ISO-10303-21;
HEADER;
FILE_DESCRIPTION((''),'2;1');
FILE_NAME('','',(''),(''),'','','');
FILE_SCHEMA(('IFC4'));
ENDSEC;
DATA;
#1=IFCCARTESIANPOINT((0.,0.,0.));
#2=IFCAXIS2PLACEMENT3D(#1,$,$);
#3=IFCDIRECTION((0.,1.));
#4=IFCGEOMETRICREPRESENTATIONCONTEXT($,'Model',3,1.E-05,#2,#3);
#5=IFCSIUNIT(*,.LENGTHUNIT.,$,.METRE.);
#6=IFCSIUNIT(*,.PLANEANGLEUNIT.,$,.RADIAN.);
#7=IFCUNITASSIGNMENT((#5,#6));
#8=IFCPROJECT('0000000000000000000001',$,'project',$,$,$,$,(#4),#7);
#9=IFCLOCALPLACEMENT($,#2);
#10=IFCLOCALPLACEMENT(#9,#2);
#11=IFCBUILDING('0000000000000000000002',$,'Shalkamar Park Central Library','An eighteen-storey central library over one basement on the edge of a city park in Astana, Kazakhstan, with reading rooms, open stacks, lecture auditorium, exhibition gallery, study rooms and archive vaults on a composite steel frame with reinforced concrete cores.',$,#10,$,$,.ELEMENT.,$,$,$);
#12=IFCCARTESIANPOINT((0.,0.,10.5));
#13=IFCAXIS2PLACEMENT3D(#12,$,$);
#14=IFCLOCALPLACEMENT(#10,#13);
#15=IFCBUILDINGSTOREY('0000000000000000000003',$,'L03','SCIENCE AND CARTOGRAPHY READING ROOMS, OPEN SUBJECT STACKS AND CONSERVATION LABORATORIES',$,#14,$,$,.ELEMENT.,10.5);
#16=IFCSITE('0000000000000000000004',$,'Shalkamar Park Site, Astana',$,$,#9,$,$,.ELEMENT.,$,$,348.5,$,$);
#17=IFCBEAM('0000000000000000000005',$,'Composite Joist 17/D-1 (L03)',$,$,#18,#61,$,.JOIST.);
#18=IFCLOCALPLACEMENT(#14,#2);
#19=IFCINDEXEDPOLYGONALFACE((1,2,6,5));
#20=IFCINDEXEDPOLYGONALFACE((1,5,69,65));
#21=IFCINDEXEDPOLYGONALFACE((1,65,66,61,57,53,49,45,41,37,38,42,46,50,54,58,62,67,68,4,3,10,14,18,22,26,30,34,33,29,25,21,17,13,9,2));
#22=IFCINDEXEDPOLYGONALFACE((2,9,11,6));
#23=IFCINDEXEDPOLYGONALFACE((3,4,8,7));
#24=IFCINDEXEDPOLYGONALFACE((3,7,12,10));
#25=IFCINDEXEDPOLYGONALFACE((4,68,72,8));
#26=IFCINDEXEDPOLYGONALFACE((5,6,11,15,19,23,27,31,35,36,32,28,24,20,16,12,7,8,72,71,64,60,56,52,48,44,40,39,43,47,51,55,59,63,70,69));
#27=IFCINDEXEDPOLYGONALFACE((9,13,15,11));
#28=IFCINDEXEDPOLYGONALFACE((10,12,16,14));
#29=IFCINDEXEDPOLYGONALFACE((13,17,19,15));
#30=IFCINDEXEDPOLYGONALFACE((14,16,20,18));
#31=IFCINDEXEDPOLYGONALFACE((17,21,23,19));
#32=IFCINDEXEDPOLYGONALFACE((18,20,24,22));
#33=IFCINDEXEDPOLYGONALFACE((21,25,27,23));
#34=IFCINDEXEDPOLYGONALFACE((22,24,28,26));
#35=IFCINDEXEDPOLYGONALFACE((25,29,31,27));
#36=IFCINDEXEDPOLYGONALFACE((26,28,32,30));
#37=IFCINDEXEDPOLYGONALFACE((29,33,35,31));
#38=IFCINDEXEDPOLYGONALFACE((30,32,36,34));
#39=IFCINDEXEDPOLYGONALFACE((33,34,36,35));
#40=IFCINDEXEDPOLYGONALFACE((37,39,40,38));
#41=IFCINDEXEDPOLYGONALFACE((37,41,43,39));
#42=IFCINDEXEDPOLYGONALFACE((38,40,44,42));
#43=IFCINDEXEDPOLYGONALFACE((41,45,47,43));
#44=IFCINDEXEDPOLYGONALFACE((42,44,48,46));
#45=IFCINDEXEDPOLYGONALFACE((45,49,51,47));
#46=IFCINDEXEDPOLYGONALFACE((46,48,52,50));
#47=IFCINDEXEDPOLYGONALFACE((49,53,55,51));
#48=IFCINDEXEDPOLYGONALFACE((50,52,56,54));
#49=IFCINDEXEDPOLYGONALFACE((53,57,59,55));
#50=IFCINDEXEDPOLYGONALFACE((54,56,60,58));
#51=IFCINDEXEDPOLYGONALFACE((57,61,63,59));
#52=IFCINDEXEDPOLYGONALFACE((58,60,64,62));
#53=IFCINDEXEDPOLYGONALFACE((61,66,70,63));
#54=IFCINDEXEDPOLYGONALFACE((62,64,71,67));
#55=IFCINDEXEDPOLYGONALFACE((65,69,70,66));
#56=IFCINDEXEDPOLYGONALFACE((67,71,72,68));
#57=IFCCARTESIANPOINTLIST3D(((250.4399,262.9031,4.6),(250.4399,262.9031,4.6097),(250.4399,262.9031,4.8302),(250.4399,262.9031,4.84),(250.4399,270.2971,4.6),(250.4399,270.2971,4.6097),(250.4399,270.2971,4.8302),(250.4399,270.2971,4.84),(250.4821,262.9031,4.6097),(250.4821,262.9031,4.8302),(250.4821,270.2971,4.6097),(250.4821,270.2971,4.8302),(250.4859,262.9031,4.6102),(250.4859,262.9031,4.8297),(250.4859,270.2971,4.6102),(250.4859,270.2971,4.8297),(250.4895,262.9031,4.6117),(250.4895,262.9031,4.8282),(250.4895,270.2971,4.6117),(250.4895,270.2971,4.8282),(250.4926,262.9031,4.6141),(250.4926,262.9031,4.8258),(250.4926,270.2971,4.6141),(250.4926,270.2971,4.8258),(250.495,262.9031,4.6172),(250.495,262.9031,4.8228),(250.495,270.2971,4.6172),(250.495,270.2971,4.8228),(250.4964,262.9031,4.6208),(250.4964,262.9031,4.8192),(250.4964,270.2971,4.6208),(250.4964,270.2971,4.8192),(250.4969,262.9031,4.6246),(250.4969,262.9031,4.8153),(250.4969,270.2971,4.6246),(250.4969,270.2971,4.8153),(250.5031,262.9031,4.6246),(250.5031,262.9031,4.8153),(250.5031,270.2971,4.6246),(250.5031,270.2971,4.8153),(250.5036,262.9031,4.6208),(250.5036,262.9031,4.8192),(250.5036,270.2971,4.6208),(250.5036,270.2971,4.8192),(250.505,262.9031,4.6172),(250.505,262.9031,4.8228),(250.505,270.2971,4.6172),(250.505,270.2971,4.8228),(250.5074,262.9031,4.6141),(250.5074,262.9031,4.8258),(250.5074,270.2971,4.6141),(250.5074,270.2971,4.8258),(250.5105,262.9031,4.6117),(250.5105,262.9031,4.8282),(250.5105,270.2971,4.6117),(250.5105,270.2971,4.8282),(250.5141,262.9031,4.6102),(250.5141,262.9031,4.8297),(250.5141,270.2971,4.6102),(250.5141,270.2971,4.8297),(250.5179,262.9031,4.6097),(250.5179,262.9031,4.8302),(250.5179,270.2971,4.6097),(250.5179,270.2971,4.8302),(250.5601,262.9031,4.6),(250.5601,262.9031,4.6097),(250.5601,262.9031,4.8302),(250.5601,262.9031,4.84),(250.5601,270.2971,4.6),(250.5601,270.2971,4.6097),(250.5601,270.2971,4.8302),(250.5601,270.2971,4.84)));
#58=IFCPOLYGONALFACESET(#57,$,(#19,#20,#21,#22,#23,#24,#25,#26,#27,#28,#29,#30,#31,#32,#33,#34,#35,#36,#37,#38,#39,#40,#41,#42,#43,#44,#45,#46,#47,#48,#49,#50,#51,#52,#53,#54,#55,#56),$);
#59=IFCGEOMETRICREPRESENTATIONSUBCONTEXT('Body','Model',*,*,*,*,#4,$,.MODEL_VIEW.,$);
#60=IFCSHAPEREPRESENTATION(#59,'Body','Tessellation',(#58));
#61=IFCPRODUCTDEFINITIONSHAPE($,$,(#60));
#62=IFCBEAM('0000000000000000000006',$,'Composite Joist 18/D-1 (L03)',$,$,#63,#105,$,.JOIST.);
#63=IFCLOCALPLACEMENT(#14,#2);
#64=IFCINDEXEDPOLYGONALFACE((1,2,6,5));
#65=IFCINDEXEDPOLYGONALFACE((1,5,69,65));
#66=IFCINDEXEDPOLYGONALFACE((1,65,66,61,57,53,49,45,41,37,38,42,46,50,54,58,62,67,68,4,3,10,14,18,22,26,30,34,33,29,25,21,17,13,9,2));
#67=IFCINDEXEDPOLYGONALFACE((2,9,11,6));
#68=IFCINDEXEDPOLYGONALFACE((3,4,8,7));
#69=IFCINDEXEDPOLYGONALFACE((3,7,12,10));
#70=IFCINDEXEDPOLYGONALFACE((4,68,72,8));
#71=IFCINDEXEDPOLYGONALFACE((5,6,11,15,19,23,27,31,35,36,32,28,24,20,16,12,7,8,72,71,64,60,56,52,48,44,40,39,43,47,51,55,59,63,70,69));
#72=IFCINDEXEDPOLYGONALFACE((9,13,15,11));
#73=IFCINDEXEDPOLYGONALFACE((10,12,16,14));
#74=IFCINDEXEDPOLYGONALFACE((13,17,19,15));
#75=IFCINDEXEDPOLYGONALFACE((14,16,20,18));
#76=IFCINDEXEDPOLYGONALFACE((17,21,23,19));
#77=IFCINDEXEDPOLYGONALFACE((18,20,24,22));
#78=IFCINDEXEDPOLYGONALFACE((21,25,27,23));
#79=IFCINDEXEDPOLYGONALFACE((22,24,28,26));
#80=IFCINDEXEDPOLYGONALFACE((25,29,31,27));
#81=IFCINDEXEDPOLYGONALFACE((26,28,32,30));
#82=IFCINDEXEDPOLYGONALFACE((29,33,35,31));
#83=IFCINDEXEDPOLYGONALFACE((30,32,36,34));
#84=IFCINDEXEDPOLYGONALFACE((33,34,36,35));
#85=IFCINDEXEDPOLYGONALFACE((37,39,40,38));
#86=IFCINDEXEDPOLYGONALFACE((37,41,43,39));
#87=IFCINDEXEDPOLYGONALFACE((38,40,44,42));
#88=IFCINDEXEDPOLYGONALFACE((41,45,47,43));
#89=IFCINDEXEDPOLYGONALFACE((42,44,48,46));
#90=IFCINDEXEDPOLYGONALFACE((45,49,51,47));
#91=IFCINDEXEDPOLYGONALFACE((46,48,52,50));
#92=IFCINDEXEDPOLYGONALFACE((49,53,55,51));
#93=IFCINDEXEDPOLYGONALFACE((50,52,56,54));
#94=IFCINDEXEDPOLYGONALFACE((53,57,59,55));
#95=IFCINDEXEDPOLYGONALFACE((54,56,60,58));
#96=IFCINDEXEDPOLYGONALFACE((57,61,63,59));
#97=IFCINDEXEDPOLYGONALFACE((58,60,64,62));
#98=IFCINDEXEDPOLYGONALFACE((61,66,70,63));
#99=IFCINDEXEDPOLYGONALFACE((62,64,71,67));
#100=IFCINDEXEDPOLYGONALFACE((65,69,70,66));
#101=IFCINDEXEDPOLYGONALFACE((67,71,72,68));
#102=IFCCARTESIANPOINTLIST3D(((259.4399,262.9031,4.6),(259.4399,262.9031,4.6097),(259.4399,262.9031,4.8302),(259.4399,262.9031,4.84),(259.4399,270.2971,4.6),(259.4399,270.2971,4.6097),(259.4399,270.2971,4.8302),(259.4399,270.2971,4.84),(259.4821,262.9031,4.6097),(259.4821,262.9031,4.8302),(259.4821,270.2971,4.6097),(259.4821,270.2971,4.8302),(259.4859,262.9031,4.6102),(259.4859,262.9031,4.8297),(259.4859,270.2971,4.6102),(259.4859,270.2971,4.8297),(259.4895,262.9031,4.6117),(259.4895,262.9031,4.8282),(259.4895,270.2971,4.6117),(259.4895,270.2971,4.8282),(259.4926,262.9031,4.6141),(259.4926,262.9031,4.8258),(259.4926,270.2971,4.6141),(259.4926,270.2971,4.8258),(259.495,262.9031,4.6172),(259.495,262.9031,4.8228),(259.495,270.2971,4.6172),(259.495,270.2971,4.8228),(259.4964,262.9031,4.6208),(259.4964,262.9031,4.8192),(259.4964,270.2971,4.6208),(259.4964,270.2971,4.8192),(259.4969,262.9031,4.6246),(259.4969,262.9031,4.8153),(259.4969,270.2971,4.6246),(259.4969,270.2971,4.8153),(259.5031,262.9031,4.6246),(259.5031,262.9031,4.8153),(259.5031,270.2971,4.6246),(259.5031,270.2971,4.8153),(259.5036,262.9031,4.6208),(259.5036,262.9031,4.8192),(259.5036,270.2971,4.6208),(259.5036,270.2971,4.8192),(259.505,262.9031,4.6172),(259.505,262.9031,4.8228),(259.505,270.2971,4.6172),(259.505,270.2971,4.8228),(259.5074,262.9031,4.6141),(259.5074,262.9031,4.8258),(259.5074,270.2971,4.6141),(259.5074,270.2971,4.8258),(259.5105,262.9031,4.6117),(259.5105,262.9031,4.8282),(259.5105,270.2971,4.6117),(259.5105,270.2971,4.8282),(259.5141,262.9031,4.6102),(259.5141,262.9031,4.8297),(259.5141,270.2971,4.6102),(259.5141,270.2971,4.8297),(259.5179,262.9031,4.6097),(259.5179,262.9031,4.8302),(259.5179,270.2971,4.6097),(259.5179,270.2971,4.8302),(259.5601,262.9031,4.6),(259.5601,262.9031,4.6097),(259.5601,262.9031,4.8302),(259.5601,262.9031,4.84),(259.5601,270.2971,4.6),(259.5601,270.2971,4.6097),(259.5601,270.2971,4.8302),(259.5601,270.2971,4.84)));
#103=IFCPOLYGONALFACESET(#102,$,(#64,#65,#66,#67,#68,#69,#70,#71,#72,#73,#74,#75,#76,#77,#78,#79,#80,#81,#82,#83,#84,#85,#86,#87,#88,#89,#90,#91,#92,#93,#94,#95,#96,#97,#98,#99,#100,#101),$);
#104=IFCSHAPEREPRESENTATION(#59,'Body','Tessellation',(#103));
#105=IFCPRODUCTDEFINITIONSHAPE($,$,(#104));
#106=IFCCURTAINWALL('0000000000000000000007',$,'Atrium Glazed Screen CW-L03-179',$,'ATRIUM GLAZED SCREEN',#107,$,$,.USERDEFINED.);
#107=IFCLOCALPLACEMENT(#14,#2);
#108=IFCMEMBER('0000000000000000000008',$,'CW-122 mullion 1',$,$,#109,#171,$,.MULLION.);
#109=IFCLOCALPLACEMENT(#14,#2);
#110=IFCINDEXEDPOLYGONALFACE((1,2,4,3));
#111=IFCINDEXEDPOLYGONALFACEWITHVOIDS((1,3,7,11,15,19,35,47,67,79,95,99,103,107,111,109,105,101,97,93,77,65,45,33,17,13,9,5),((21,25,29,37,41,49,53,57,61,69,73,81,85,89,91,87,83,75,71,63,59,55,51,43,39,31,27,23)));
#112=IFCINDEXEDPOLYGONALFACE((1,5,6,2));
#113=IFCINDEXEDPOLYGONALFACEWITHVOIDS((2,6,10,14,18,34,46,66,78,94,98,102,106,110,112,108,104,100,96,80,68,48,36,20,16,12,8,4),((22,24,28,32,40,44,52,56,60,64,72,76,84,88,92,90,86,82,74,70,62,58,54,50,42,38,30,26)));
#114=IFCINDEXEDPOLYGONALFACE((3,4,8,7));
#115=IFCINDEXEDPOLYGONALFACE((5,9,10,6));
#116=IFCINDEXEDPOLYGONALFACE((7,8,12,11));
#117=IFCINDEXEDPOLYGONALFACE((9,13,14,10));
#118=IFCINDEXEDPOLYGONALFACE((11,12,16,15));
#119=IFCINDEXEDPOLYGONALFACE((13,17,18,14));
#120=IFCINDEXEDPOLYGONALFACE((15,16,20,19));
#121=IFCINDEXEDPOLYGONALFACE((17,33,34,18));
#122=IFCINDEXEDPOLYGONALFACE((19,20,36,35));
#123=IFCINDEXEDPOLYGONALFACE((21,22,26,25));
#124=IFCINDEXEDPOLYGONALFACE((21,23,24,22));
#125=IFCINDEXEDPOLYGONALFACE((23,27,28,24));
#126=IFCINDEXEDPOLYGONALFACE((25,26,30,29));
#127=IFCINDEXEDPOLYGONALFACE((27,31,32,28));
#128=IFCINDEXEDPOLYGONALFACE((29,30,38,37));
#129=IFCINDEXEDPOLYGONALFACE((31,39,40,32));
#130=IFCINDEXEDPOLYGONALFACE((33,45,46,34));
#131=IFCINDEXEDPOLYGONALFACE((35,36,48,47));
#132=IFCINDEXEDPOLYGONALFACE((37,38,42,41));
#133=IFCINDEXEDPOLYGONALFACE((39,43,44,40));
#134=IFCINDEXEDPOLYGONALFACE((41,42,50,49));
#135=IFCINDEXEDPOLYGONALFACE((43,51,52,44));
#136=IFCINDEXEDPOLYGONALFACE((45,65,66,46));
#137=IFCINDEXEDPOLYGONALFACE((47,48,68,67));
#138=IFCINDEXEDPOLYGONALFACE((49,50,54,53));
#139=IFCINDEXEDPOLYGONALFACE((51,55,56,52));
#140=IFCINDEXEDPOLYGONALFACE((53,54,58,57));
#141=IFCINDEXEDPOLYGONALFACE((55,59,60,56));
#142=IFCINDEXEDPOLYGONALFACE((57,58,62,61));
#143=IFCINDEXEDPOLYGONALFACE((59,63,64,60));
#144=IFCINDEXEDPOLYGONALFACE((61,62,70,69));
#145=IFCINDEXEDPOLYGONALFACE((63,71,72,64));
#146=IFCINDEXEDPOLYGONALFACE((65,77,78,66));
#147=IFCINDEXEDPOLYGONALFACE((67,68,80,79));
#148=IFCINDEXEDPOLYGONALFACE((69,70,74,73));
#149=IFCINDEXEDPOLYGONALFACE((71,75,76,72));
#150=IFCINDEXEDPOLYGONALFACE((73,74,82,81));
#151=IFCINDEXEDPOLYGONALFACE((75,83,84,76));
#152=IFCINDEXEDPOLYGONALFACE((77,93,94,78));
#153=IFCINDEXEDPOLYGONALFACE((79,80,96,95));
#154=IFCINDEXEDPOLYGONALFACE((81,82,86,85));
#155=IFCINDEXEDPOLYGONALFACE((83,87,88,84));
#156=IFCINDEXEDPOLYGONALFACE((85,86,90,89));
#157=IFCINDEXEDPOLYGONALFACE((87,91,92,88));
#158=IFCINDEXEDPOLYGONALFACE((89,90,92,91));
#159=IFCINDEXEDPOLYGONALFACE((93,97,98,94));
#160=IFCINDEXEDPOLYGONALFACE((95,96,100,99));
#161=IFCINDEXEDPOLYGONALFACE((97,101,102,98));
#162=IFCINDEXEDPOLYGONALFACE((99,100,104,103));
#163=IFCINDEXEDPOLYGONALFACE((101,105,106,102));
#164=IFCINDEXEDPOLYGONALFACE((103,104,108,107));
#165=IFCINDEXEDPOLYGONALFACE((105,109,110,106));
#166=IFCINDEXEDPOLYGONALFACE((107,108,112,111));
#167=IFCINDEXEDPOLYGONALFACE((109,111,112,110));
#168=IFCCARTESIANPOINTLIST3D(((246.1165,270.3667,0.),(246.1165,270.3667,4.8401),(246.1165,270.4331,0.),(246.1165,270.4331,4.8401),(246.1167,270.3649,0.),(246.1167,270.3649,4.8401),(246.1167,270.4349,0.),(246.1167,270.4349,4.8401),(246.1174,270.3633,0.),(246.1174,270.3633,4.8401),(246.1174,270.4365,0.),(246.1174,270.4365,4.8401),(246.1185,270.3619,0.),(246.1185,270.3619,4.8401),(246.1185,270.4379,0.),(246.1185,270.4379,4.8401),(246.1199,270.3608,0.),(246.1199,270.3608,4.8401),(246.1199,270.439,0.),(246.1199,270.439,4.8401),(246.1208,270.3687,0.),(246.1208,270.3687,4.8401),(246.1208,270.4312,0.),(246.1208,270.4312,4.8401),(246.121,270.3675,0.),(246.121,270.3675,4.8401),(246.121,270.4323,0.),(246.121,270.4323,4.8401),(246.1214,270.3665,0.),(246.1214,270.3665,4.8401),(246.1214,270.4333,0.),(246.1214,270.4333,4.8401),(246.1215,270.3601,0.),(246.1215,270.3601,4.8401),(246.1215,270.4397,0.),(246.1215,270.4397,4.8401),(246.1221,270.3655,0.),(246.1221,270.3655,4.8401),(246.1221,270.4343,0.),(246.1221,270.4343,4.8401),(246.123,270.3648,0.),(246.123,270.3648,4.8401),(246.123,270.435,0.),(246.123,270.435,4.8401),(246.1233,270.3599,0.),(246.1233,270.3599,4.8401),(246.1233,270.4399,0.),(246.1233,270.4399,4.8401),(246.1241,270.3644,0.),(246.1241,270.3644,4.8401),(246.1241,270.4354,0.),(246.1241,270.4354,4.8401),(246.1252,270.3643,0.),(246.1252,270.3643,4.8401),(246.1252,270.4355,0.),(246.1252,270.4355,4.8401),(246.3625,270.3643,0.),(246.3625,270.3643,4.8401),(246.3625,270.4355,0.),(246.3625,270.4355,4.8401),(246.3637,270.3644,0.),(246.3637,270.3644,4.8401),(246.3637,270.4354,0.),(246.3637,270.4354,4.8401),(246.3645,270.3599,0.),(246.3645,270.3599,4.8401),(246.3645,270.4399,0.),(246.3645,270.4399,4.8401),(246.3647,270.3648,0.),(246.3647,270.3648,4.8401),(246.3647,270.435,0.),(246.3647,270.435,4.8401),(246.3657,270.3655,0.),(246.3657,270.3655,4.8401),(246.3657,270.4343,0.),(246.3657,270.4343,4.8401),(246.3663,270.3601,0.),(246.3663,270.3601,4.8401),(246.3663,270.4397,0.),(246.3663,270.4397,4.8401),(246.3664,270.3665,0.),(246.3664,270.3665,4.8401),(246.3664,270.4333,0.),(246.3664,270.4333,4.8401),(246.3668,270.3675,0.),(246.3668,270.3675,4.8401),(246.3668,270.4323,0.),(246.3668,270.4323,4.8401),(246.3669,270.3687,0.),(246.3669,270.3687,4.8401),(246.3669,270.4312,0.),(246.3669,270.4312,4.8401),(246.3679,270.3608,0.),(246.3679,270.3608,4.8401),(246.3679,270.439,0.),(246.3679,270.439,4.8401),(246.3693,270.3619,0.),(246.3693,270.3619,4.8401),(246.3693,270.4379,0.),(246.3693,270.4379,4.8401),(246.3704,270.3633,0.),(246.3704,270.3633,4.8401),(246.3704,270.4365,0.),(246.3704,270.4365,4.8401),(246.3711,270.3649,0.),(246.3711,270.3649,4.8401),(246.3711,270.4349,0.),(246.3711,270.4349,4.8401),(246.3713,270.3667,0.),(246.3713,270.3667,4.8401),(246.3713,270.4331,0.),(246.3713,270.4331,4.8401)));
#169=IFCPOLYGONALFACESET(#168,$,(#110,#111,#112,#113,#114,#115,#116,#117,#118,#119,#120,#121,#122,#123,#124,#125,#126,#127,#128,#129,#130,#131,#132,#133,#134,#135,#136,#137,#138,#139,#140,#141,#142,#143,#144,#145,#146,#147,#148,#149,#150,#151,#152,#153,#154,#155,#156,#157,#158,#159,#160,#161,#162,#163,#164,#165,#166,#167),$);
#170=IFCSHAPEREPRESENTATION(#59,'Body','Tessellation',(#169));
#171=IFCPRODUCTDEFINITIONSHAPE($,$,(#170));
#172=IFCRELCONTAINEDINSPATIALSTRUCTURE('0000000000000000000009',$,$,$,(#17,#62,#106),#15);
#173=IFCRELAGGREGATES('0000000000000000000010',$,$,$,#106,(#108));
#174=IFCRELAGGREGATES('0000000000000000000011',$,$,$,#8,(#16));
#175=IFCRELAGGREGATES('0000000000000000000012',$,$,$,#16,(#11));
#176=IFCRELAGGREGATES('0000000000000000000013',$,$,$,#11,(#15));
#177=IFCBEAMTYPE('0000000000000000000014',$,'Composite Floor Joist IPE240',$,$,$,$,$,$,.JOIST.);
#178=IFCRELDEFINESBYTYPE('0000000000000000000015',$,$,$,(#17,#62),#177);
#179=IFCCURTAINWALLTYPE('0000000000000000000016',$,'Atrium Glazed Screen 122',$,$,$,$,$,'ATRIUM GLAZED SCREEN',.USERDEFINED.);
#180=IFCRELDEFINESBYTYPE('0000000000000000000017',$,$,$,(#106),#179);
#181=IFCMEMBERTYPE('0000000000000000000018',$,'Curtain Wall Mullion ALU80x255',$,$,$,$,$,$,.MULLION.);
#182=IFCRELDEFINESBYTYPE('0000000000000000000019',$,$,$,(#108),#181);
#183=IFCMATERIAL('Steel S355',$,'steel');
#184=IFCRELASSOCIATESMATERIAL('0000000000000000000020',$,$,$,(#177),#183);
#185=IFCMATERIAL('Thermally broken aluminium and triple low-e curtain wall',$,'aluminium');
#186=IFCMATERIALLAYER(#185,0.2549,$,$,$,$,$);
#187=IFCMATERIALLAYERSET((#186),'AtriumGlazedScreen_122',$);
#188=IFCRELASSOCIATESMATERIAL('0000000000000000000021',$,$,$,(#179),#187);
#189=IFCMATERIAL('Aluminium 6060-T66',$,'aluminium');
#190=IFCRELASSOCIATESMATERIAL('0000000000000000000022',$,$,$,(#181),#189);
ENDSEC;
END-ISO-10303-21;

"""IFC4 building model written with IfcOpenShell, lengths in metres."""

from ifc_helpers import new_model, si_unit, direction, frame, origin, origin_2d, place, context, subcontext, project, spatial, hollow_rectangle, i_section, extrude, material, layer, layer_set, material_profile, profile_set, type_object, element, aggregate, save


model = new_model("IFC4")

# Units and contexts
model_context = context("Model", 3, precision=1e-05, world=origin(), true_north=direction((0.0, 1.0)))
body_context = subcontext(model_context, "Body", "Model", "MODEL_VIEW")
ifc_project = project(units=[si_unit("LENGTHUNIT", "METRE"), si_unit("PLANEANGLEUNIT", "RADIAN")], contexts=[model_context])

# Site, building, storey
site_placement = place(None, origin())
site = spatial("IfcSite", under=ifc_project, at=site_placement, Name="Shalkamar Park Site, Astana", CompositionType="ELEMENT", RefElevation=348.5)
building_placement = place(site_placement, origin())
building = spatial("IfcBuilding", under=site, at=building_placement, Name="Shalkamar Park Central Library", Description="An eighteen-storey central library over one basement on the edge of a city park in Astana, Kazakhstan, with reading rooms, open stacks, lecture auditorium, exhibition gallery, study rooms and archive vaults on a composite steel frame with reinforced concrete cores.", CompositionType="ELEMENT")
storey_placement = place(building_placement, frame((0.0, 0.0, 10.5)))
storey = spatial("IfcBuildingStorey", under=building, at=storey_placement, Name="L03", Description="SCIENCE AND CARTOGRAPHY READING ROOMS, OPEN SUBJECT STACKS AND CONSERVATION LABORATORIES", CompositionType="ELEMENT", Elevation=10.5)

# Beams
ifc_material_1 = material(Name="Steel S355", Category="steel")
ifc_material_profile_1 = material_profile(ifc_material_1, i_section(OverallWidth=0.1201, OverallDepth=0.24, WebThickness=0.0061, FlangeThickness=0.0098, FilletRadius=0.0149, at=origin_2d()), Name="IPE 240")
ifc_profile_set_1 = profile_set([ifc_material_profile_1], Name="Steel S355")
beam_type_1 = type_object("IfcBeamType", Name="Composite Floor Joist IPE240", PredefinedType="JOIST", material=ifc_profile_set_1)
for number, where, z_axis, x_axis, name in (
    (1, (250.5, 262.9031, 4.72), (0.0, 1.0, 0.0), (-1.0, 0.0, 0.0), "Composite Joist 17/D-1 (L03)"),
    (2, (259.5, 262.9031, 4.72), (0.0, 1.0, 0.0), (-1.0, 0.0, 0.0), "Composite Joist 18/D-1 (L03)"),
):
    element("IfcBeam", number, at=place(storey_placement, frame(where, z_axis=z_axis, x_axis=x_axis)), inside=storey, type_object=beam_type_1, Name=name, PredefinedType="JOIST", context=body_context, shape_type="SweptSolid", body=[
        extrude(i_section(OverallWidth=0.1201, OverallDepth=0.24, WebThickness=0.0061, FlangeThickness=0.0098, FilletRadius=0.0149, at=origin_2d()), origin(), (0.0, 0.0, 1.0), 7.394),
    ])

# Curtain wall, member
ifc_material_2 = material(Name="Thermally broken aluminium and triple low-e curtain wall", Category="aluminium")
ifc_layer_1 = layer(ifc_material_2, 0.2549)
ifc_layer_set_1 = layer_set([ifc_layer_1], Name="AtriumGlazedScreen_122")
curtain_wall_type = type_object("IfcCurtainWallType", Name="Atrium Glazed Screen 122", ElementType="ATRIUM GLAZED SCREEN", PredefinedType="USERDEFINED", material=ifc_layer_set_1)
curtain_wall_placement = place(storey_placement, origin())
curtain_wall = element("IfcCurtainWall", 3, at=curtain_wall_placement, inside=storey, type_object=curtain_wall_type, Name="Atrium Glazed Screen CW-L03-179", ObjectType="ATRIUM GLAZED SCREEN", PredefinedType="USERDEFINED")
ifc_material_3 = material(Name="Aluminium 6060-T66", Category="aluminium")
ifc_material_profile_2 = material_profile(ifc_material_3, hollow_rectangle(XDim=0.0801, YDim=0.2549, WallThickness=0.0044, InnerFilletRadius=0.0044, OuterFilletRadius=0.0068, at=origin_2d()), Name="ALU 80x255x4.5")
ifc_profile_set_2 = profile_set([ifc_material_profile_2], Name="Aluminium 6060-T66")
member_type_1 = type_object("IfcMemberType", Name="Curtain Wall Mullion ALU80x255", PredefinedType="MULLION", material=ifc_profile_set_2)
member_1_placement = place(storey_placement, frame((246.2439, 270.3999, 0.0), z_axis=(0.0, 0.0, 1.0), x_axis=(0.0, 1.0, 0.0)))
member_1 = element("IfcMember", 4, at=member_1_placement, type_object=member_type_1, Name="CW-122 mullion 1", PredefinedType="MULLION", context=body_context, shape_type="SweptSolid", body=[
    extrude(hollow_rectangle(XDim=0.0801, YDim=0.2549, WallThickness=0.0044, InnerFilletRadius=0.0044, OuterFilletRadius=0.0068, at=origin_2d()), origin(), (0.0, 0.0, 1.0), 4.8401),
])

aggregate(curtain_wall, [member_1])

save(model, "model.ifc")
